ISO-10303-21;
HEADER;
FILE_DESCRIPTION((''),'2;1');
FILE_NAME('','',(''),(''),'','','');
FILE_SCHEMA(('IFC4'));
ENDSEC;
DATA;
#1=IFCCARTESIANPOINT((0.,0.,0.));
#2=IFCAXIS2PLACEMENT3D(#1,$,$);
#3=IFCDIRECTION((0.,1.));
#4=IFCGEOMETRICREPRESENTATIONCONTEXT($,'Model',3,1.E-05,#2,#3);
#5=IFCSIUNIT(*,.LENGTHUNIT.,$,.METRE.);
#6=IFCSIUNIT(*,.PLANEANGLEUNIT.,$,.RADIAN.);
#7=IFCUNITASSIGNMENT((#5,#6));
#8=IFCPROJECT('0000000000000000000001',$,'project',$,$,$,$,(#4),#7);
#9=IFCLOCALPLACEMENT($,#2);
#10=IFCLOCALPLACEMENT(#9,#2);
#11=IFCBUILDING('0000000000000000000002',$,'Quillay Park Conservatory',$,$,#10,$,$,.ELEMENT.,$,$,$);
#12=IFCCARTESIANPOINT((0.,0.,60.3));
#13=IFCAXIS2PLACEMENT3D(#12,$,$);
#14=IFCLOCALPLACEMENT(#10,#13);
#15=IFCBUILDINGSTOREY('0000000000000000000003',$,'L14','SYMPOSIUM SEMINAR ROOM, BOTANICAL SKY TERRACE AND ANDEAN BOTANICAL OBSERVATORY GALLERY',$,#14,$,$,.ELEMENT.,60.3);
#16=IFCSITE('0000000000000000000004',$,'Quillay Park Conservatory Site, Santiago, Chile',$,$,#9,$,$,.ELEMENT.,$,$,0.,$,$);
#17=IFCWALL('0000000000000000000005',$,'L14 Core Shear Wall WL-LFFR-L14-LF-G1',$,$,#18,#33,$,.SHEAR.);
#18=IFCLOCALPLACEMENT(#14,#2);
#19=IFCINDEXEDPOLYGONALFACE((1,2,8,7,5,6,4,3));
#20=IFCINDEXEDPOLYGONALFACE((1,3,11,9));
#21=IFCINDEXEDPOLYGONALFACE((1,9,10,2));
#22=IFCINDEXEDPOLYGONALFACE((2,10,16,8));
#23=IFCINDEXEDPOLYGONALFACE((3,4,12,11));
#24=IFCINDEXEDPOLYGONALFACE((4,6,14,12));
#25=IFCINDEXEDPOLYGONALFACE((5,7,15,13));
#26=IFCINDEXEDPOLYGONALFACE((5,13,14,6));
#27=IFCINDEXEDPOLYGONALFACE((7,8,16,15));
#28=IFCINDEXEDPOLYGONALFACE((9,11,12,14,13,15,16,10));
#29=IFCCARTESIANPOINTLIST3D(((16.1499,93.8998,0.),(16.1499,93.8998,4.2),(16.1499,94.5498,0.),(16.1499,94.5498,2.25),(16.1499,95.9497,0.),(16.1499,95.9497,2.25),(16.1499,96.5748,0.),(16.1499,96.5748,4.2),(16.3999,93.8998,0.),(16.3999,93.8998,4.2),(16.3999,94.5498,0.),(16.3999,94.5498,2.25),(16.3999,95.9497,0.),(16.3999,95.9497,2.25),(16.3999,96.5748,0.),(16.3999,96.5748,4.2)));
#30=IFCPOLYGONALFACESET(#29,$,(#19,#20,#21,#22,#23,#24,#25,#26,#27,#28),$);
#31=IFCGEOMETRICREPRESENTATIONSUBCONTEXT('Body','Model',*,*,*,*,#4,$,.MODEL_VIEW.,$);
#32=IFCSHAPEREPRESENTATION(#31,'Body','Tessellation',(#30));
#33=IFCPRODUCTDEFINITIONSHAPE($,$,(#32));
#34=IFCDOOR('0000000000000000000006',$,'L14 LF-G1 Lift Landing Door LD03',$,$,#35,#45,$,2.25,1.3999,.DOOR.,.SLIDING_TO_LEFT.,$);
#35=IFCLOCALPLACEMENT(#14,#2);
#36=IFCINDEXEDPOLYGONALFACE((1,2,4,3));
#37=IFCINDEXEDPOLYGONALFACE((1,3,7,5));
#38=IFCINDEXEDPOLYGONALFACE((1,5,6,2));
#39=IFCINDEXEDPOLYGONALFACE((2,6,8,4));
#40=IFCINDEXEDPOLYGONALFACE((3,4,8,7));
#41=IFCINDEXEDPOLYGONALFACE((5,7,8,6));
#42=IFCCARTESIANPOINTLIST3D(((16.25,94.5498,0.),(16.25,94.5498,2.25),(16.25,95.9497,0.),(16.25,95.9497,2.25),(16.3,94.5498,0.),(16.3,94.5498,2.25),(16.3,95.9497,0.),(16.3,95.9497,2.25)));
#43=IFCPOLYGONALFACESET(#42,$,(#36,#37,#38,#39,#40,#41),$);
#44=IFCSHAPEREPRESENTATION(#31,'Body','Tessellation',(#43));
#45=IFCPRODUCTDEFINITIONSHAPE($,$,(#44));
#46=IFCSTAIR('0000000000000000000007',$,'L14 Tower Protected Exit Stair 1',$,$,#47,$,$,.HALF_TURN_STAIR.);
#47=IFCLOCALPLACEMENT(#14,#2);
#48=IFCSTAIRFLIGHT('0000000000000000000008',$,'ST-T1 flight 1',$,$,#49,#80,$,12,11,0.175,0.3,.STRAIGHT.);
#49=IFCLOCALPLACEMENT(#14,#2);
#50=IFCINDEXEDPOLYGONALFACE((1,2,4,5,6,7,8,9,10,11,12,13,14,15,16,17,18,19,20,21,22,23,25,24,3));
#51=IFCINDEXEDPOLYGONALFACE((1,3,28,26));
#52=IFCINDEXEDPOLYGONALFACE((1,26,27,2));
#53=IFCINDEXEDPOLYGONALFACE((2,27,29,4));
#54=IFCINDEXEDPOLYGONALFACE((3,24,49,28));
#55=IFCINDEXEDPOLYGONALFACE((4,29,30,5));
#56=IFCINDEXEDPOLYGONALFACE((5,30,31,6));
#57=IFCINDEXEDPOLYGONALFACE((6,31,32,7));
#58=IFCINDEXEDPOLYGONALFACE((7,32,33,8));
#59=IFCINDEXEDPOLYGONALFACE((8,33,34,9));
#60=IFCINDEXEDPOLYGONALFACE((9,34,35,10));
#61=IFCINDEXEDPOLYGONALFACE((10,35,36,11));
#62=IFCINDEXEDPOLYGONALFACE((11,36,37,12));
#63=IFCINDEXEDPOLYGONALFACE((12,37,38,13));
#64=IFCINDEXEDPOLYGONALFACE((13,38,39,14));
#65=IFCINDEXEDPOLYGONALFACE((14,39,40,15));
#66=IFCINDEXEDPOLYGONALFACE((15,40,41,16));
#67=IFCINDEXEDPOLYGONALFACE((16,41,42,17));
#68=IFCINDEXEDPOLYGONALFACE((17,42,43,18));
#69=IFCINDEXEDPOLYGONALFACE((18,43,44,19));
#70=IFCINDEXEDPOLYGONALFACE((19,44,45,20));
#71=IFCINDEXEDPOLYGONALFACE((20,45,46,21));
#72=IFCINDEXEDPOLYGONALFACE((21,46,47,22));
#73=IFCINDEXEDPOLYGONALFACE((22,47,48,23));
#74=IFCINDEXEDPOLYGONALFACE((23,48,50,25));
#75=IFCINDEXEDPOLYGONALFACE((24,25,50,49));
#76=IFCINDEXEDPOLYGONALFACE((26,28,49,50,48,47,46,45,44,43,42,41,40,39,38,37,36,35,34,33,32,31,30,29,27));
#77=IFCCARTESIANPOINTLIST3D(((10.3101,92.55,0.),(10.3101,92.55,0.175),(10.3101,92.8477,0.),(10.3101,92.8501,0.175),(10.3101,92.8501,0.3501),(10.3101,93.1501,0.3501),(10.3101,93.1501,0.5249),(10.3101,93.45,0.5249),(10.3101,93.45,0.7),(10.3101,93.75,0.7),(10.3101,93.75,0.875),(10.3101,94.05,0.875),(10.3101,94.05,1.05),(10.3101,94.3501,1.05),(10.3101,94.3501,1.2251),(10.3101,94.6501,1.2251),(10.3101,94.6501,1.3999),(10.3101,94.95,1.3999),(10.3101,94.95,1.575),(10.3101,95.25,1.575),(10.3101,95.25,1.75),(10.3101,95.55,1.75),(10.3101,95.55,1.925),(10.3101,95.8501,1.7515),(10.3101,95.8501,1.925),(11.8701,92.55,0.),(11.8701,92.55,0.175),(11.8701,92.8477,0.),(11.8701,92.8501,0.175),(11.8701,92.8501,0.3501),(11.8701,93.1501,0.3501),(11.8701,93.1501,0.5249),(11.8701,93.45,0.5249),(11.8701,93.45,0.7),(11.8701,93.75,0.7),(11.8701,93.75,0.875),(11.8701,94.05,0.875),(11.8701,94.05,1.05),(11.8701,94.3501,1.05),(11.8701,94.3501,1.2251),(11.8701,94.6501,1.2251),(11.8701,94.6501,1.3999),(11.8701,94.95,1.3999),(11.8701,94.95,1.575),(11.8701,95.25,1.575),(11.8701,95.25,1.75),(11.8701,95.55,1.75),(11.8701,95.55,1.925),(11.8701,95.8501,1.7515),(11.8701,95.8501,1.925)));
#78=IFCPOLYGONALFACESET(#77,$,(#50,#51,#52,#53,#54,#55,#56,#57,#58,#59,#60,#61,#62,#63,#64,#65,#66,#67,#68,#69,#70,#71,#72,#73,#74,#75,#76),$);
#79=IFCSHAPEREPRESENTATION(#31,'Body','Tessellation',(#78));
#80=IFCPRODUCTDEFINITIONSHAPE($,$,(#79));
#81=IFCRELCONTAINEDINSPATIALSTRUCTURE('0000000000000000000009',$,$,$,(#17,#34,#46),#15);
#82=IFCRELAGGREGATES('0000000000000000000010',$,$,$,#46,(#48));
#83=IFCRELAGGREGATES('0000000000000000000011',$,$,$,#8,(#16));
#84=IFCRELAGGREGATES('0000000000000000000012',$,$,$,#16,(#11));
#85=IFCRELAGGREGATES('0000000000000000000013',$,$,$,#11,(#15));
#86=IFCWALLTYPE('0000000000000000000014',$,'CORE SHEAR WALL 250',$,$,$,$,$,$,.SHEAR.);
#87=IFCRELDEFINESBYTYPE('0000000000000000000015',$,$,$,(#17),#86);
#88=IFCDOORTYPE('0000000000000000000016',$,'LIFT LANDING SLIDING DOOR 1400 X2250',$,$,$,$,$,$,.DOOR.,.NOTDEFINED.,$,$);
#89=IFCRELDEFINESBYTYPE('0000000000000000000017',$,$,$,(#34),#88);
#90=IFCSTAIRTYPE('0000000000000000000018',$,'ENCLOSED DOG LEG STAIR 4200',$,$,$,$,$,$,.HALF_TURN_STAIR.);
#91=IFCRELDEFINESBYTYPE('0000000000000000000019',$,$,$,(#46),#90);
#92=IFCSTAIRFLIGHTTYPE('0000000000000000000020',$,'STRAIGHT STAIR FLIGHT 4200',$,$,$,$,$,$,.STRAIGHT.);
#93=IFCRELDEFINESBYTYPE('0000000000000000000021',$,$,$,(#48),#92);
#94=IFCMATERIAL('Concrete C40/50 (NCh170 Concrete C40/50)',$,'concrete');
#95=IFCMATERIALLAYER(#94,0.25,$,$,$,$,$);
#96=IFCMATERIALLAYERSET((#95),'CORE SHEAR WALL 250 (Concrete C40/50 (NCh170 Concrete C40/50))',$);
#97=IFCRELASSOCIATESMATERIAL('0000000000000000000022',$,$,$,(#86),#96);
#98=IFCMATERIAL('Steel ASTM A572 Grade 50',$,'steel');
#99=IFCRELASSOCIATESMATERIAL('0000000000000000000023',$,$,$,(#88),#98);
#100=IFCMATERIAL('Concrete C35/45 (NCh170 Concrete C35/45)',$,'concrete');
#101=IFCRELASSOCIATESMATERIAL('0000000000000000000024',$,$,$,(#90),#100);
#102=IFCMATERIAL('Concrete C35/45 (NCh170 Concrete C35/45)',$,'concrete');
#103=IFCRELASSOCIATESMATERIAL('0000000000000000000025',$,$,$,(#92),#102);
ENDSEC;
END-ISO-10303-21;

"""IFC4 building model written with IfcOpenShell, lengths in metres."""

from ifc_helpers import new_model, si_unit, direction, frame, frame_2d, origin, place, context, subcontext, project, spatial, polyline, rectangle, outline, extrude, material, layer, layer_set, type_object, element, fill, aggregate, save


model = new_model("IFC4")

# Units and contexts
model_context = context("Model", 3, precision=1e-05, world=origin(), true_north=direction((0.0, 1.0)))
body_context = subcontext(model_context, "Body", "Model", "MODEL_VIEW")
ifc_project = project(units=[si_unit("LENGTHUNIT", "METRE"), si_unit("PLANEANGLEUNIT", "RADIAN")], contexts=[model_context])

# Site, building, storey
site_placement = place(None, origin())
site = spatial("IfcSite", under=ifc_project, at=site_placement, Name="Quillay Park Conservatory Site, Santiago, Chile", CompositionType="ELEMENT", RefElevation=0.0)
building_placement = place(site_placement, origin())
building = spatial("IfcBuilding", under=site, at=building_placement, Name="Quillay Park Conservatory", CompositionType="ELEMENT")
storey_placement = place(building_placement, frame((0.0, 0.0, 60.3)))
storey = spatial("IfcBuildingStorey", under=building, at=storey_placement, Name="L14", Description="SYMPOSIUM SEMINAR ROOM, BOTANICAL SKY TERRACE AND ANDEAN BOTANICAL OBSERVATORY GALLERY", CompositionType="ELEMENT", Elevation=60.3)

# Shared definitions
ifc_material_1 = material(Name="Concrete C40/50 (NCh170 Concrete C40/50)", Category="concrete")
ifc_layer_1 = layer(ifc_material_1, 0.25)
ifc_layer_set_1 = layer_set([ifc_layer_1], Name="CORE SHEAR WALL 250 (Concrete C40/50 (NCh170 Concrete C40/50))")
wall_type_1 = type_object("IfcWallType", Name="CORE SHEAR WALL 250", PredefinedType="SHEAR", material=ifc_layer_set_1)

# Wall, opening, door
wall_1_placement = place(storey_placement, frame((16.2749, 93.8999, 0.0), z_axis=(0.0, 0.0, 1.0), x_axis=(0.0, 1.0, 0.0)))
wall_1 = element("IfcWall", 1, at=wall_1_placement, inside=storey, type_object=wall_type_1, Name="L14 Core Shear Wall WL-LFFR-L14-LF-G1", PredefinedType="SHEAR", context=body_context, shape_type="SweptSolid", body=[
    extrude(rectangle(XDim=2.675, YDim=0.25, at=frame_2d((1.3374, 0.0))), origin(), (0.0, 0.0, 1.0), 4.2),
])
opening_1_placement = place(wall_1_placement, frame((0.6499, 0.0, 0.0)))
opening_1 = element("IfcOpeningElement", 2, at=opening_1_placement, cuts=wall_1, PredefinedType="OPENING", context=body_context, shape_type="SweptSolid", body=[
    extrude(rectangle(XDim=1.3999, YDim=2.25, at=frame_2d((0.7, 1.125))), frame((0.0, 0.125, 0.0), z_axis=(0.0, -1.0, 0.0), x_axis=(1.0, 0.0, 0.0)), (0.0, 0.0, 1.0), 0.25),
])
ifc_material_2 = material(Name="Steel ASTM A572 Grade 50", Category="steel")
door_type_1 = type_object("IfcDoorType", Name="LIFT LANDING SLIDING DOOR 1400 X2250", OperationType="NOTDEFINED", PredefinedType="DOOR", material=ifc_material_2)
door_1_placement = place(opening_1_placement, origin())
door_1 = element("IfcDoor", 3, at=door_1_placement, inside=storey, type_object=door_type_1, Name="L14 LF-G1 Lift Landing Door LD03", OperationType="SLIDING_TO_LEFT", OverallHeight=2.25, OverallWidth=1.3999, PredefinedType="DOOR", context=body_context, shape_type="SweptSolid", body=[
    extrude(rectangle(XDim=1.3999, YDim=2.25, at=frame_2d((0.7, 1.125))), frame((0.0, 0.0249, 0.0), z_axis=(0.0, -1.0, 0.0), x_axis=(1.0, 0.0, 0.0)), (0.0, 0.0, 1.0), 0.05),
])
fill(opening_1, door_1)

# Stair, stair flight
ifc_material_3 = material(Name="Concrete C35/45 (NCh170 Concrete C35/45)", Category="concrete")
stair_type = type_object("IfcStairType", Name="ENCLOSED DOG LEG STAIR 4200", PredefinedType="HALF_TURN_STAIR", material=ifc_material_3)
stair_placement = place(storey_placement, origin())
stair = element("IfcStair", 4, at=stair_placement, inside=storey, type_object=stair_type, Name="L14 Tower Protected Exit Stair 1", PredefinedType="HALF_TURN_STAIR")
ifc_material_4 = material(Name="Concrete C35/45 (NCh170 Concrete C35/45)", Category="concrete")
stair_flight_type = type_object("IfcStairFlightType", Name="STRAIGHT STAIR FLIGHT 4200", PredefinedType="STRAIGHT", material=ifc_material_4)
stair_flight_placement = place(storey_placement, frame((11.0901, 92.55, 0.0), z_axis=(0.0, 0.0, 1.0), x_axis=(0.0, 1.0, 0.0)))
stair_flight = element("IfcStairFlight", 5, at=stair_flight_placement, type_object=stair_flight_type, Name="ST-T1 flight 1", NumberOfRisers=12, NumberOfTreads=11, PredefinedType="STRAIGHT", RiserHeight=0.175, TreadLength=0.3, context=body_context, shape_type="SweptSolid", body=[
    extrude(outline(polyline([(0.0, 0.0), (0.0, 0.175), (0.3, 0.175), (0.3, 0.3501), (0.6001, 0.3501), (0.6001, 0.5249), (0.8999, 0.5249), (0.8999, 0.7), (1.2, 0.7), (1.2, 0.875), (1.5, 0.875), (1.5, 1.05), (1.8, 1.05), (1.8, 1.2251), (2.1001, 1.2251), (2.1001, 1.3999), (2.3999, 1.3999), (2.3999, 1.575), (2.7, 1.575), (2.7, 1.75), (3.0, 1.75), (3.0, 1.925), (3.3, 1.925), (3.3, 2.1001), (3.3, 1.7515), (0.2976, 0.0), (0.0, 0.0)])), frame((0.0, 0.78, 0.0), z_axis=(0.0, -1.0, 0.0), x_axis=(1.0, 0.0, 0.0)), (0.0, 0.0, 1.0), 1.5601),
])
aggregate(stair, [stair_flight])

save(model, "model.ifc")
